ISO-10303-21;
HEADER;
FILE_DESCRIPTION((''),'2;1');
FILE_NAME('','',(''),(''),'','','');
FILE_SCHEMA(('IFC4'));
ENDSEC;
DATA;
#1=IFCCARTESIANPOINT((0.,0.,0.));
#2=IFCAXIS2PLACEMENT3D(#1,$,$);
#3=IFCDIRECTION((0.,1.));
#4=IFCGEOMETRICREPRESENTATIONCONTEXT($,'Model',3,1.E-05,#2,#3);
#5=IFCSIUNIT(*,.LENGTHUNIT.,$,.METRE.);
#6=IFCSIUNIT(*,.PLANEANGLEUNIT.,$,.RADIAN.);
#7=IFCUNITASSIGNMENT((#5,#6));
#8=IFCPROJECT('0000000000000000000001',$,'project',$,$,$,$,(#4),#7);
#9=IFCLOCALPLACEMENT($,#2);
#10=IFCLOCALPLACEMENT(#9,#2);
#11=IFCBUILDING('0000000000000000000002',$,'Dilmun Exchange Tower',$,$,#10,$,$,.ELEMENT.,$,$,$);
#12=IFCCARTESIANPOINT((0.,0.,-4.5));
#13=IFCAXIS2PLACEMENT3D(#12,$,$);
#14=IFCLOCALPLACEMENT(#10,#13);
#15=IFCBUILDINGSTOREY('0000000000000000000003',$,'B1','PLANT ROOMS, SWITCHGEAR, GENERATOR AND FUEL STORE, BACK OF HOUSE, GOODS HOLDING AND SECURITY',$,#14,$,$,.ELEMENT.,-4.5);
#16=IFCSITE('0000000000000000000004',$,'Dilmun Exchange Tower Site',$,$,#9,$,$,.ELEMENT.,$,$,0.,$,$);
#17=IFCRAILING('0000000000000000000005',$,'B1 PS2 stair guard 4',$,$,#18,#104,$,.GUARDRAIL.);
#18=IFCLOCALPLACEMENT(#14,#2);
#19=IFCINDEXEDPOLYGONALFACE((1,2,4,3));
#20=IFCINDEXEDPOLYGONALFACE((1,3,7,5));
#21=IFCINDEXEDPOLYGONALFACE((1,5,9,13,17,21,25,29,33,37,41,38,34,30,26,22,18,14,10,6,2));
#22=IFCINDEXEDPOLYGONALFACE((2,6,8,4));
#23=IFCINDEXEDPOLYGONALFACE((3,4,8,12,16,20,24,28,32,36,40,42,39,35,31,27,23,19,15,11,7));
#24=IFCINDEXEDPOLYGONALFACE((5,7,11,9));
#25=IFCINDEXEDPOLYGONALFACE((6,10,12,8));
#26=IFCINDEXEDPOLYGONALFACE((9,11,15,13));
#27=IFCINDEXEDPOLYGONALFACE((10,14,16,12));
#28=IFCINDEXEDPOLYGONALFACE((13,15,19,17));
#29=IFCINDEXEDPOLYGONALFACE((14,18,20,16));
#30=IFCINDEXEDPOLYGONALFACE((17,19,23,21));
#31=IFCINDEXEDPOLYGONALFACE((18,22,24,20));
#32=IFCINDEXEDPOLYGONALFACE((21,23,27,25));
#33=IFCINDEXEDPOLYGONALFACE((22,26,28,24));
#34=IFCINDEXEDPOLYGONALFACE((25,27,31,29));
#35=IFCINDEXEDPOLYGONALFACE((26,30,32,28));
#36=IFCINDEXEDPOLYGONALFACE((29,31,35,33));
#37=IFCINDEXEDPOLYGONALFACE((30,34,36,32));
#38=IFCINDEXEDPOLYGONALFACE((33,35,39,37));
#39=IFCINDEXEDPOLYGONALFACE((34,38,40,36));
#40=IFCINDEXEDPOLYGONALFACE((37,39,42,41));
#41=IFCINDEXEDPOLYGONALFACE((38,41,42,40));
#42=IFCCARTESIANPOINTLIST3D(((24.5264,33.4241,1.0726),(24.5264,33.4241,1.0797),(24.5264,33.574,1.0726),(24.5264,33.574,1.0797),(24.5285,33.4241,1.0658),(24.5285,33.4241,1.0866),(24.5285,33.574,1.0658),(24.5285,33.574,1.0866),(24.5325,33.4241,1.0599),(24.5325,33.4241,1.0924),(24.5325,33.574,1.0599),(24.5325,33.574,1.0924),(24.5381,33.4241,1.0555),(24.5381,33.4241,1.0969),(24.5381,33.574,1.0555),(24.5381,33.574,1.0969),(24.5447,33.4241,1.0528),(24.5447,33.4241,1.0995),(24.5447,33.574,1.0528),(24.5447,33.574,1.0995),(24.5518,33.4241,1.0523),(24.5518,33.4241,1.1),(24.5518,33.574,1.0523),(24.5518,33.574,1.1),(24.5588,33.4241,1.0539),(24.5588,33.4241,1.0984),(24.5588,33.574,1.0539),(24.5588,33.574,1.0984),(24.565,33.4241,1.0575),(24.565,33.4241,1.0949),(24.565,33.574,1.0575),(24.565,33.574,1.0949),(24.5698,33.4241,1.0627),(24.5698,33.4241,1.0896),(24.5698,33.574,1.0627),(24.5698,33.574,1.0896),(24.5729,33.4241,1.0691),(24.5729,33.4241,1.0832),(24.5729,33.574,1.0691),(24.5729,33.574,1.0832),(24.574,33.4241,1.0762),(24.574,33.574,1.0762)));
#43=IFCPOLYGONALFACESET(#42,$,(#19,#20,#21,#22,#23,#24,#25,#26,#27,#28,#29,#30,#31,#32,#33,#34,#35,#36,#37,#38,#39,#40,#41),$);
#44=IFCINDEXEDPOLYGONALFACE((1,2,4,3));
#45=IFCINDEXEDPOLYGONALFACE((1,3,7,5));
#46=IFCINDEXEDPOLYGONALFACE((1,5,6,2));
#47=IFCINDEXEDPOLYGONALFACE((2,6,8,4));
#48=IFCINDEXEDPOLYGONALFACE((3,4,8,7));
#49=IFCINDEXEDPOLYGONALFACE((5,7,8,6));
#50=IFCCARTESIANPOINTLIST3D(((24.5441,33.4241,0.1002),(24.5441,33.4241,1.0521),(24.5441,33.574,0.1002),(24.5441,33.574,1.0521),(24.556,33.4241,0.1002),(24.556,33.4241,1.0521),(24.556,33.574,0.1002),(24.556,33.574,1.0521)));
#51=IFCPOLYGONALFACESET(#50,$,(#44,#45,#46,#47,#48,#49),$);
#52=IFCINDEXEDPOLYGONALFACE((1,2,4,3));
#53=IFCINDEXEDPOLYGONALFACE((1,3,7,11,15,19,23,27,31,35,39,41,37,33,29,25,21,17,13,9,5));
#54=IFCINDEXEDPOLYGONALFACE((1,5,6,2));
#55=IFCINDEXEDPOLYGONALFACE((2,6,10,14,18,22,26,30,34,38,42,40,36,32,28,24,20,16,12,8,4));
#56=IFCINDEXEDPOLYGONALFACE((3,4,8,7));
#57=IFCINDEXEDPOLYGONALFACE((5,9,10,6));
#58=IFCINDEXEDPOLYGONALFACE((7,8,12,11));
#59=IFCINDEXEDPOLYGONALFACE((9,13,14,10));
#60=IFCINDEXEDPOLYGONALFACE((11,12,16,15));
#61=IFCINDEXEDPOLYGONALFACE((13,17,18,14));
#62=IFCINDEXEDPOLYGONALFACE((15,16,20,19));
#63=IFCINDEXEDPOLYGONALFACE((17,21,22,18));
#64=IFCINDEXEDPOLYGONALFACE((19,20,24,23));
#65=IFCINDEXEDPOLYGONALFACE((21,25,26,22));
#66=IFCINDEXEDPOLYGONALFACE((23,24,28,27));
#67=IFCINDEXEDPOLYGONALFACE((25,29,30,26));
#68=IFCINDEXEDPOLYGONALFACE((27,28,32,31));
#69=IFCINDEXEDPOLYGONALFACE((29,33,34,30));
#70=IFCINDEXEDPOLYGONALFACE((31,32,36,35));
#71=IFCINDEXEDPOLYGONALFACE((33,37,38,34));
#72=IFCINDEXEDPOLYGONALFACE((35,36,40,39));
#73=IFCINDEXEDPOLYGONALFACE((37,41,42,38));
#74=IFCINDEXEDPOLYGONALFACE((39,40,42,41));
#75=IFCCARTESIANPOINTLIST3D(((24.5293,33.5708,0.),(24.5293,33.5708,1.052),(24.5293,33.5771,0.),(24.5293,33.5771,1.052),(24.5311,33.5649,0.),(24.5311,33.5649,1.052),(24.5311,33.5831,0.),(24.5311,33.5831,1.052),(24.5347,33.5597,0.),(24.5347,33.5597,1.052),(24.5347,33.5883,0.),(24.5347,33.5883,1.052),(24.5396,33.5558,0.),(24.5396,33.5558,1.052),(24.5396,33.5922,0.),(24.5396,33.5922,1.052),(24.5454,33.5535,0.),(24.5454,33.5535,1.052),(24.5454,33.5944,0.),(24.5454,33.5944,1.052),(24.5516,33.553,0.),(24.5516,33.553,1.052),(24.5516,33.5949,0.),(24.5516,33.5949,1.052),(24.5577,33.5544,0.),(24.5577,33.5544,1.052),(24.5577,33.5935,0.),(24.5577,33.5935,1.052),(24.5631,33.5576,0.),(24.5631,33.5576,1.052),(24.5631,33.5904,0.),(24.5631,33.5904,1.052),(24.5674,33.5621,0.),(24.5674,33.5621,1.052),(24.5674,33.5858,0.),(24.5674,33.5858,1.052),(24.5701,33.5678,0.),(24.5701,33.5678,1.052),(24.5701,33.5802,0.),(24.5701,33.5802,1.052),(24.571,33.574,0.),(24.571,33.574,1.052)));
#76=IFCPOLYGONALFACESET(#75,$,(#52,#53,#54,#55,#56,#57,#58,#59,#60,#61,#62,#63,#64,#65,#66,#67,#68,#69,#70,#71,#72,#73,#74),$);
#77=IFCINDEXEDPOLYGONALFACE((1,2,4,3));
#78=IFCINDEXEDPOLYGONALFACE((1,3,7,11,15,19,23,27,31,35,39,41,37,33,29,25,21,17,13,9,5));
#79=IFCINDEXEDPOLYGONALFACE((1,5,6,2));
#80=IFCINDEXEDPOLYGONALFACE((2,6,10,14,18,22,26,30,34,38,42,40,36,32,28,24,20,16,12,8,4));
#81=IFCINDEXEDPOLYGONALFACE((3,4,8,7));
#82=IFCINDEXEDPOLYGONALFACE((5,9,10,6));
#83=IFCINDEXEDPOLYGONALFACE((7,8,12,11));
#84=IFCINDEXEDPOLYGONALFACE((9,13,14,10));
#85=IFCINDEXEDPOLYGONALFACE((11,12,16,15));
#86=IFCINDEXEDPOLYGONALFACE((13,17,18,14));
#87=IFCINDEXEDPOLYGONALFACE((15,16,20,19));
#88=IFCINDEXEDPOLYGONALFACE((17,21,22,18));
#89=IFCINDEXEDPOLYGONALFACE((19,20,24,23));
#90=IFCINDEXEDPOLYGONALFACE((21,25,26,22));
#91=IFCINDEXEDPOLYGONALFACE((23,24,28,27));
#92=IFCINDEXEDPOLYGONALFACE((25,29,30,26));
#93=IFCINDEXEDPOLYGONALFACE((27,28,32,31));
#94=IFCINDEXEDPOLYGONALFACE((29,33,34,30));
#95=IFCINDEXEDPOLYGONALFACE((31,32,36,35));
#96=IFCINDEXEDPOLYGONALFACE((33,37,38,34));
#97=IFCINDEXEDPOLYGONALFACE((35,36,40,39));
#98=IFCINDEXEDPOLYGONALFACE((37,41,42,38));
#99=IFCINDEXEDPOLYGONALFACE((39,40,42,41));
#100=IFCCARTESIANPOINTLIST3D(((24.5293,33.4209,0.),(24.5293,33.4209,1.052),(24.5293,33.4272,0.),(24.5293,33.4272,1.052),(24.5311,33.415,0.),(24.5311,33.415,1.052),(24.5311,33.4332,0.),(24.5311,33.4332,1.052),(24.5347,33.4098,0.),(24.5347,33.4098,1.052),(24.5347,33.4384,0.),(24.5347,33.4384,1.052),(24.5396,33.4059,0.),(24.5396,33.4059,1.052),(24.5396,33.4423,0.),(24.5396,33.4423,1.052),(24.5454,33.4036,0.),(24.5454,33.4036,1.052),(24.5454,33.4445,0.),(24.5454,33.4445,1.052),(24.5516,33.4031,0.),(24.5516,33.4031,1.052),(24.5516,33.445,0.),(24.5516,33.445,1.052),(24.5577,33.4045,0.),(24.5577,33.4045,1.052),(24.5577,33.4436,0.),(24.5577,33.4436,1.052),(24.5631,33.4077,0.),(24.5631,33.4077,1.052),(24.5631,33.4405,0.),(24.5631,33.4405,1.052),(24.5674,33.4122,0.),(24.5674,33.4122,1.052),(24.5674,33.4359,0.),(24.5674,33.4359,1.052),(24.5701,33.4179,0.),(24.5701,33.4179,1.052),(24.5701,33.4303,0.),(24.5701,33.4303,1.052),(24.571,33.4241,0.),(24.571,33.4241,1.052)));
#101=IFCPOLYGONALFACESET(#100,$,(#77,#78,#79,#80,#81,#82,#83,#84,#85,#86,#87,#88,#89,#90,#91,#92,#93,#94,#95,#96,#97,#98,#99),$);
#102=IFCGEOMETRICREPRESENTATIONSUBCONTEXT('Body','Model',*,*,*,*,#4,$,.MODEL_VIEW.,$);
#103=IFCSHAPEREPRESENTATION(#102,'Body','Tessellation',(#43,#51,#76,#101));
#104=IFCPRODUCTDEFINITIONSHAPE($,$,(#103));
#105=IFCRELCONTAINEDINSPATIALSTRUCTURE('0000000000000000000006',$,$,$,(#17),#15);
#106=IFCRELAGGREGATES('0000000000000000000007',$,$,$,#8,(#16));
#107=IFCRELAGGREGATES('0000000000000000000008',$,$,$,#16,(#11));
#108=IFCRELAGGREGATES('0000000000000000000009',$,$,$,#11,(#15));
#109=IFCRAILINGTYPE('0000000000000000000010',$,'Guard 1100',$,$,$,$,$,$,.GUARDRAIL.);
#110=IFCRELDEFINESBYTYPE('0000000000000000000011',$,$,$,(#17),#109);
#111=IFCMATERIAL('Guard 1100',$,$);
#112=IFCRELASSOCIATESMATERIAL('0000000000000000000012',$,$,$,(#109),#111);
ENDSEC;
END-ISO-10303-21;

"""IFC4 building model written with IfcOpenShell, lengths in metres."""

from ifc_helpers import new_model, si_unit, direction, frame, origin, origin_2d, place, context, subcontext, project, spatial, rectangle, circle, extrude, material, type_object, element, save


model = new_model("IFC4")

# Units and contexts
model_context = context("Model", 3, precision=1e-05, world=origin(), true_north=direction((0.0, 1.0)))
body_context = subcontext(model_context, "Body", "Model", "MODEL_VIEW")
ifc_project = project(units=[si_unit("LENGTHUNIT", "METRE"), si_unit("PLANEANGLEUNIT", "RADIAN")], contexts=[model_context])

# Site, building, storey
site_placement = place(None, origin())
site = spatial("IfcSite", under=ifc_project, at=site_placement, Name="Dilmun Exchange Tower Site", CompositionType="ELEMENT", RefElevation=0.0)
building_placement = place(site_placement, origin())
building = spatial("IfcBuilding", under=site, at=building_placement, Name="Dilmun Exchange Tower", CompositionType="ELEMENT")
storey_placement = place(building_placement, frame((0.0, 0.0, -4.5)))
storey = spatial("IfcBuildingStorey", under=building, at=storey_placement, Name="B1", Description="PLANT ROOMS, SWITCHGEAR, GENERATOR AND FUEL STORE, BACK OF HOUSE, GOODS HOLDING AND SECURITY", CompositionType="ELEMENT", Elevation=-4.5)

# Railing
ifc_material_1 = material(Name="Guard 1100")
railing_type_1 = type_object("IfcRailingType", Name="Guard 1100", PredefinedType="GUARDRAIL", material=ifc_material_1)
railing_1_placement = place(storey_placement, frame((24.55, 33.574, 0.0)))
element("IfcRailing", 1, at=railing_1_placement, inside=storey, type_object=railing_type_1, Name="B1 PS2 stair guard 4", PredefinedType="GUARDRAIL", context=body_context, shape_type="SweptSolid", body=[
    extrude(circle(Radius=0.0239, at=origin_2d()), frame((0.0, 0.0, 1.0762), z_axis=(0.0, -1.0, 0.0), x_axis=(1.0, 0.0, 0.0)), (0.0, 0.0, 1.0), 0.1499),
    extrude(rectangle(XDim=0.012, YDim=0.9519, at=origin_2d()), frame((0.0, 0.0, 0.5762), z_axis=(0.0, -1.0, 0.0), x_axis=(1.0, 0.0, 0.0)), (0.0, 0.0, 1.0), 0.1499),
    extrude(circle(Radius=0.021, at=origin_2d()), origin(), (0.0, 0.0, 1.0), 1.052),
    extrude(circle(Radius=0.021, at=origin_2d()), frame((0.0, -0.1499, 0.0)), (0.0, 0.0, 1.0), 1.052),
])

save(model, "model.ifc")
